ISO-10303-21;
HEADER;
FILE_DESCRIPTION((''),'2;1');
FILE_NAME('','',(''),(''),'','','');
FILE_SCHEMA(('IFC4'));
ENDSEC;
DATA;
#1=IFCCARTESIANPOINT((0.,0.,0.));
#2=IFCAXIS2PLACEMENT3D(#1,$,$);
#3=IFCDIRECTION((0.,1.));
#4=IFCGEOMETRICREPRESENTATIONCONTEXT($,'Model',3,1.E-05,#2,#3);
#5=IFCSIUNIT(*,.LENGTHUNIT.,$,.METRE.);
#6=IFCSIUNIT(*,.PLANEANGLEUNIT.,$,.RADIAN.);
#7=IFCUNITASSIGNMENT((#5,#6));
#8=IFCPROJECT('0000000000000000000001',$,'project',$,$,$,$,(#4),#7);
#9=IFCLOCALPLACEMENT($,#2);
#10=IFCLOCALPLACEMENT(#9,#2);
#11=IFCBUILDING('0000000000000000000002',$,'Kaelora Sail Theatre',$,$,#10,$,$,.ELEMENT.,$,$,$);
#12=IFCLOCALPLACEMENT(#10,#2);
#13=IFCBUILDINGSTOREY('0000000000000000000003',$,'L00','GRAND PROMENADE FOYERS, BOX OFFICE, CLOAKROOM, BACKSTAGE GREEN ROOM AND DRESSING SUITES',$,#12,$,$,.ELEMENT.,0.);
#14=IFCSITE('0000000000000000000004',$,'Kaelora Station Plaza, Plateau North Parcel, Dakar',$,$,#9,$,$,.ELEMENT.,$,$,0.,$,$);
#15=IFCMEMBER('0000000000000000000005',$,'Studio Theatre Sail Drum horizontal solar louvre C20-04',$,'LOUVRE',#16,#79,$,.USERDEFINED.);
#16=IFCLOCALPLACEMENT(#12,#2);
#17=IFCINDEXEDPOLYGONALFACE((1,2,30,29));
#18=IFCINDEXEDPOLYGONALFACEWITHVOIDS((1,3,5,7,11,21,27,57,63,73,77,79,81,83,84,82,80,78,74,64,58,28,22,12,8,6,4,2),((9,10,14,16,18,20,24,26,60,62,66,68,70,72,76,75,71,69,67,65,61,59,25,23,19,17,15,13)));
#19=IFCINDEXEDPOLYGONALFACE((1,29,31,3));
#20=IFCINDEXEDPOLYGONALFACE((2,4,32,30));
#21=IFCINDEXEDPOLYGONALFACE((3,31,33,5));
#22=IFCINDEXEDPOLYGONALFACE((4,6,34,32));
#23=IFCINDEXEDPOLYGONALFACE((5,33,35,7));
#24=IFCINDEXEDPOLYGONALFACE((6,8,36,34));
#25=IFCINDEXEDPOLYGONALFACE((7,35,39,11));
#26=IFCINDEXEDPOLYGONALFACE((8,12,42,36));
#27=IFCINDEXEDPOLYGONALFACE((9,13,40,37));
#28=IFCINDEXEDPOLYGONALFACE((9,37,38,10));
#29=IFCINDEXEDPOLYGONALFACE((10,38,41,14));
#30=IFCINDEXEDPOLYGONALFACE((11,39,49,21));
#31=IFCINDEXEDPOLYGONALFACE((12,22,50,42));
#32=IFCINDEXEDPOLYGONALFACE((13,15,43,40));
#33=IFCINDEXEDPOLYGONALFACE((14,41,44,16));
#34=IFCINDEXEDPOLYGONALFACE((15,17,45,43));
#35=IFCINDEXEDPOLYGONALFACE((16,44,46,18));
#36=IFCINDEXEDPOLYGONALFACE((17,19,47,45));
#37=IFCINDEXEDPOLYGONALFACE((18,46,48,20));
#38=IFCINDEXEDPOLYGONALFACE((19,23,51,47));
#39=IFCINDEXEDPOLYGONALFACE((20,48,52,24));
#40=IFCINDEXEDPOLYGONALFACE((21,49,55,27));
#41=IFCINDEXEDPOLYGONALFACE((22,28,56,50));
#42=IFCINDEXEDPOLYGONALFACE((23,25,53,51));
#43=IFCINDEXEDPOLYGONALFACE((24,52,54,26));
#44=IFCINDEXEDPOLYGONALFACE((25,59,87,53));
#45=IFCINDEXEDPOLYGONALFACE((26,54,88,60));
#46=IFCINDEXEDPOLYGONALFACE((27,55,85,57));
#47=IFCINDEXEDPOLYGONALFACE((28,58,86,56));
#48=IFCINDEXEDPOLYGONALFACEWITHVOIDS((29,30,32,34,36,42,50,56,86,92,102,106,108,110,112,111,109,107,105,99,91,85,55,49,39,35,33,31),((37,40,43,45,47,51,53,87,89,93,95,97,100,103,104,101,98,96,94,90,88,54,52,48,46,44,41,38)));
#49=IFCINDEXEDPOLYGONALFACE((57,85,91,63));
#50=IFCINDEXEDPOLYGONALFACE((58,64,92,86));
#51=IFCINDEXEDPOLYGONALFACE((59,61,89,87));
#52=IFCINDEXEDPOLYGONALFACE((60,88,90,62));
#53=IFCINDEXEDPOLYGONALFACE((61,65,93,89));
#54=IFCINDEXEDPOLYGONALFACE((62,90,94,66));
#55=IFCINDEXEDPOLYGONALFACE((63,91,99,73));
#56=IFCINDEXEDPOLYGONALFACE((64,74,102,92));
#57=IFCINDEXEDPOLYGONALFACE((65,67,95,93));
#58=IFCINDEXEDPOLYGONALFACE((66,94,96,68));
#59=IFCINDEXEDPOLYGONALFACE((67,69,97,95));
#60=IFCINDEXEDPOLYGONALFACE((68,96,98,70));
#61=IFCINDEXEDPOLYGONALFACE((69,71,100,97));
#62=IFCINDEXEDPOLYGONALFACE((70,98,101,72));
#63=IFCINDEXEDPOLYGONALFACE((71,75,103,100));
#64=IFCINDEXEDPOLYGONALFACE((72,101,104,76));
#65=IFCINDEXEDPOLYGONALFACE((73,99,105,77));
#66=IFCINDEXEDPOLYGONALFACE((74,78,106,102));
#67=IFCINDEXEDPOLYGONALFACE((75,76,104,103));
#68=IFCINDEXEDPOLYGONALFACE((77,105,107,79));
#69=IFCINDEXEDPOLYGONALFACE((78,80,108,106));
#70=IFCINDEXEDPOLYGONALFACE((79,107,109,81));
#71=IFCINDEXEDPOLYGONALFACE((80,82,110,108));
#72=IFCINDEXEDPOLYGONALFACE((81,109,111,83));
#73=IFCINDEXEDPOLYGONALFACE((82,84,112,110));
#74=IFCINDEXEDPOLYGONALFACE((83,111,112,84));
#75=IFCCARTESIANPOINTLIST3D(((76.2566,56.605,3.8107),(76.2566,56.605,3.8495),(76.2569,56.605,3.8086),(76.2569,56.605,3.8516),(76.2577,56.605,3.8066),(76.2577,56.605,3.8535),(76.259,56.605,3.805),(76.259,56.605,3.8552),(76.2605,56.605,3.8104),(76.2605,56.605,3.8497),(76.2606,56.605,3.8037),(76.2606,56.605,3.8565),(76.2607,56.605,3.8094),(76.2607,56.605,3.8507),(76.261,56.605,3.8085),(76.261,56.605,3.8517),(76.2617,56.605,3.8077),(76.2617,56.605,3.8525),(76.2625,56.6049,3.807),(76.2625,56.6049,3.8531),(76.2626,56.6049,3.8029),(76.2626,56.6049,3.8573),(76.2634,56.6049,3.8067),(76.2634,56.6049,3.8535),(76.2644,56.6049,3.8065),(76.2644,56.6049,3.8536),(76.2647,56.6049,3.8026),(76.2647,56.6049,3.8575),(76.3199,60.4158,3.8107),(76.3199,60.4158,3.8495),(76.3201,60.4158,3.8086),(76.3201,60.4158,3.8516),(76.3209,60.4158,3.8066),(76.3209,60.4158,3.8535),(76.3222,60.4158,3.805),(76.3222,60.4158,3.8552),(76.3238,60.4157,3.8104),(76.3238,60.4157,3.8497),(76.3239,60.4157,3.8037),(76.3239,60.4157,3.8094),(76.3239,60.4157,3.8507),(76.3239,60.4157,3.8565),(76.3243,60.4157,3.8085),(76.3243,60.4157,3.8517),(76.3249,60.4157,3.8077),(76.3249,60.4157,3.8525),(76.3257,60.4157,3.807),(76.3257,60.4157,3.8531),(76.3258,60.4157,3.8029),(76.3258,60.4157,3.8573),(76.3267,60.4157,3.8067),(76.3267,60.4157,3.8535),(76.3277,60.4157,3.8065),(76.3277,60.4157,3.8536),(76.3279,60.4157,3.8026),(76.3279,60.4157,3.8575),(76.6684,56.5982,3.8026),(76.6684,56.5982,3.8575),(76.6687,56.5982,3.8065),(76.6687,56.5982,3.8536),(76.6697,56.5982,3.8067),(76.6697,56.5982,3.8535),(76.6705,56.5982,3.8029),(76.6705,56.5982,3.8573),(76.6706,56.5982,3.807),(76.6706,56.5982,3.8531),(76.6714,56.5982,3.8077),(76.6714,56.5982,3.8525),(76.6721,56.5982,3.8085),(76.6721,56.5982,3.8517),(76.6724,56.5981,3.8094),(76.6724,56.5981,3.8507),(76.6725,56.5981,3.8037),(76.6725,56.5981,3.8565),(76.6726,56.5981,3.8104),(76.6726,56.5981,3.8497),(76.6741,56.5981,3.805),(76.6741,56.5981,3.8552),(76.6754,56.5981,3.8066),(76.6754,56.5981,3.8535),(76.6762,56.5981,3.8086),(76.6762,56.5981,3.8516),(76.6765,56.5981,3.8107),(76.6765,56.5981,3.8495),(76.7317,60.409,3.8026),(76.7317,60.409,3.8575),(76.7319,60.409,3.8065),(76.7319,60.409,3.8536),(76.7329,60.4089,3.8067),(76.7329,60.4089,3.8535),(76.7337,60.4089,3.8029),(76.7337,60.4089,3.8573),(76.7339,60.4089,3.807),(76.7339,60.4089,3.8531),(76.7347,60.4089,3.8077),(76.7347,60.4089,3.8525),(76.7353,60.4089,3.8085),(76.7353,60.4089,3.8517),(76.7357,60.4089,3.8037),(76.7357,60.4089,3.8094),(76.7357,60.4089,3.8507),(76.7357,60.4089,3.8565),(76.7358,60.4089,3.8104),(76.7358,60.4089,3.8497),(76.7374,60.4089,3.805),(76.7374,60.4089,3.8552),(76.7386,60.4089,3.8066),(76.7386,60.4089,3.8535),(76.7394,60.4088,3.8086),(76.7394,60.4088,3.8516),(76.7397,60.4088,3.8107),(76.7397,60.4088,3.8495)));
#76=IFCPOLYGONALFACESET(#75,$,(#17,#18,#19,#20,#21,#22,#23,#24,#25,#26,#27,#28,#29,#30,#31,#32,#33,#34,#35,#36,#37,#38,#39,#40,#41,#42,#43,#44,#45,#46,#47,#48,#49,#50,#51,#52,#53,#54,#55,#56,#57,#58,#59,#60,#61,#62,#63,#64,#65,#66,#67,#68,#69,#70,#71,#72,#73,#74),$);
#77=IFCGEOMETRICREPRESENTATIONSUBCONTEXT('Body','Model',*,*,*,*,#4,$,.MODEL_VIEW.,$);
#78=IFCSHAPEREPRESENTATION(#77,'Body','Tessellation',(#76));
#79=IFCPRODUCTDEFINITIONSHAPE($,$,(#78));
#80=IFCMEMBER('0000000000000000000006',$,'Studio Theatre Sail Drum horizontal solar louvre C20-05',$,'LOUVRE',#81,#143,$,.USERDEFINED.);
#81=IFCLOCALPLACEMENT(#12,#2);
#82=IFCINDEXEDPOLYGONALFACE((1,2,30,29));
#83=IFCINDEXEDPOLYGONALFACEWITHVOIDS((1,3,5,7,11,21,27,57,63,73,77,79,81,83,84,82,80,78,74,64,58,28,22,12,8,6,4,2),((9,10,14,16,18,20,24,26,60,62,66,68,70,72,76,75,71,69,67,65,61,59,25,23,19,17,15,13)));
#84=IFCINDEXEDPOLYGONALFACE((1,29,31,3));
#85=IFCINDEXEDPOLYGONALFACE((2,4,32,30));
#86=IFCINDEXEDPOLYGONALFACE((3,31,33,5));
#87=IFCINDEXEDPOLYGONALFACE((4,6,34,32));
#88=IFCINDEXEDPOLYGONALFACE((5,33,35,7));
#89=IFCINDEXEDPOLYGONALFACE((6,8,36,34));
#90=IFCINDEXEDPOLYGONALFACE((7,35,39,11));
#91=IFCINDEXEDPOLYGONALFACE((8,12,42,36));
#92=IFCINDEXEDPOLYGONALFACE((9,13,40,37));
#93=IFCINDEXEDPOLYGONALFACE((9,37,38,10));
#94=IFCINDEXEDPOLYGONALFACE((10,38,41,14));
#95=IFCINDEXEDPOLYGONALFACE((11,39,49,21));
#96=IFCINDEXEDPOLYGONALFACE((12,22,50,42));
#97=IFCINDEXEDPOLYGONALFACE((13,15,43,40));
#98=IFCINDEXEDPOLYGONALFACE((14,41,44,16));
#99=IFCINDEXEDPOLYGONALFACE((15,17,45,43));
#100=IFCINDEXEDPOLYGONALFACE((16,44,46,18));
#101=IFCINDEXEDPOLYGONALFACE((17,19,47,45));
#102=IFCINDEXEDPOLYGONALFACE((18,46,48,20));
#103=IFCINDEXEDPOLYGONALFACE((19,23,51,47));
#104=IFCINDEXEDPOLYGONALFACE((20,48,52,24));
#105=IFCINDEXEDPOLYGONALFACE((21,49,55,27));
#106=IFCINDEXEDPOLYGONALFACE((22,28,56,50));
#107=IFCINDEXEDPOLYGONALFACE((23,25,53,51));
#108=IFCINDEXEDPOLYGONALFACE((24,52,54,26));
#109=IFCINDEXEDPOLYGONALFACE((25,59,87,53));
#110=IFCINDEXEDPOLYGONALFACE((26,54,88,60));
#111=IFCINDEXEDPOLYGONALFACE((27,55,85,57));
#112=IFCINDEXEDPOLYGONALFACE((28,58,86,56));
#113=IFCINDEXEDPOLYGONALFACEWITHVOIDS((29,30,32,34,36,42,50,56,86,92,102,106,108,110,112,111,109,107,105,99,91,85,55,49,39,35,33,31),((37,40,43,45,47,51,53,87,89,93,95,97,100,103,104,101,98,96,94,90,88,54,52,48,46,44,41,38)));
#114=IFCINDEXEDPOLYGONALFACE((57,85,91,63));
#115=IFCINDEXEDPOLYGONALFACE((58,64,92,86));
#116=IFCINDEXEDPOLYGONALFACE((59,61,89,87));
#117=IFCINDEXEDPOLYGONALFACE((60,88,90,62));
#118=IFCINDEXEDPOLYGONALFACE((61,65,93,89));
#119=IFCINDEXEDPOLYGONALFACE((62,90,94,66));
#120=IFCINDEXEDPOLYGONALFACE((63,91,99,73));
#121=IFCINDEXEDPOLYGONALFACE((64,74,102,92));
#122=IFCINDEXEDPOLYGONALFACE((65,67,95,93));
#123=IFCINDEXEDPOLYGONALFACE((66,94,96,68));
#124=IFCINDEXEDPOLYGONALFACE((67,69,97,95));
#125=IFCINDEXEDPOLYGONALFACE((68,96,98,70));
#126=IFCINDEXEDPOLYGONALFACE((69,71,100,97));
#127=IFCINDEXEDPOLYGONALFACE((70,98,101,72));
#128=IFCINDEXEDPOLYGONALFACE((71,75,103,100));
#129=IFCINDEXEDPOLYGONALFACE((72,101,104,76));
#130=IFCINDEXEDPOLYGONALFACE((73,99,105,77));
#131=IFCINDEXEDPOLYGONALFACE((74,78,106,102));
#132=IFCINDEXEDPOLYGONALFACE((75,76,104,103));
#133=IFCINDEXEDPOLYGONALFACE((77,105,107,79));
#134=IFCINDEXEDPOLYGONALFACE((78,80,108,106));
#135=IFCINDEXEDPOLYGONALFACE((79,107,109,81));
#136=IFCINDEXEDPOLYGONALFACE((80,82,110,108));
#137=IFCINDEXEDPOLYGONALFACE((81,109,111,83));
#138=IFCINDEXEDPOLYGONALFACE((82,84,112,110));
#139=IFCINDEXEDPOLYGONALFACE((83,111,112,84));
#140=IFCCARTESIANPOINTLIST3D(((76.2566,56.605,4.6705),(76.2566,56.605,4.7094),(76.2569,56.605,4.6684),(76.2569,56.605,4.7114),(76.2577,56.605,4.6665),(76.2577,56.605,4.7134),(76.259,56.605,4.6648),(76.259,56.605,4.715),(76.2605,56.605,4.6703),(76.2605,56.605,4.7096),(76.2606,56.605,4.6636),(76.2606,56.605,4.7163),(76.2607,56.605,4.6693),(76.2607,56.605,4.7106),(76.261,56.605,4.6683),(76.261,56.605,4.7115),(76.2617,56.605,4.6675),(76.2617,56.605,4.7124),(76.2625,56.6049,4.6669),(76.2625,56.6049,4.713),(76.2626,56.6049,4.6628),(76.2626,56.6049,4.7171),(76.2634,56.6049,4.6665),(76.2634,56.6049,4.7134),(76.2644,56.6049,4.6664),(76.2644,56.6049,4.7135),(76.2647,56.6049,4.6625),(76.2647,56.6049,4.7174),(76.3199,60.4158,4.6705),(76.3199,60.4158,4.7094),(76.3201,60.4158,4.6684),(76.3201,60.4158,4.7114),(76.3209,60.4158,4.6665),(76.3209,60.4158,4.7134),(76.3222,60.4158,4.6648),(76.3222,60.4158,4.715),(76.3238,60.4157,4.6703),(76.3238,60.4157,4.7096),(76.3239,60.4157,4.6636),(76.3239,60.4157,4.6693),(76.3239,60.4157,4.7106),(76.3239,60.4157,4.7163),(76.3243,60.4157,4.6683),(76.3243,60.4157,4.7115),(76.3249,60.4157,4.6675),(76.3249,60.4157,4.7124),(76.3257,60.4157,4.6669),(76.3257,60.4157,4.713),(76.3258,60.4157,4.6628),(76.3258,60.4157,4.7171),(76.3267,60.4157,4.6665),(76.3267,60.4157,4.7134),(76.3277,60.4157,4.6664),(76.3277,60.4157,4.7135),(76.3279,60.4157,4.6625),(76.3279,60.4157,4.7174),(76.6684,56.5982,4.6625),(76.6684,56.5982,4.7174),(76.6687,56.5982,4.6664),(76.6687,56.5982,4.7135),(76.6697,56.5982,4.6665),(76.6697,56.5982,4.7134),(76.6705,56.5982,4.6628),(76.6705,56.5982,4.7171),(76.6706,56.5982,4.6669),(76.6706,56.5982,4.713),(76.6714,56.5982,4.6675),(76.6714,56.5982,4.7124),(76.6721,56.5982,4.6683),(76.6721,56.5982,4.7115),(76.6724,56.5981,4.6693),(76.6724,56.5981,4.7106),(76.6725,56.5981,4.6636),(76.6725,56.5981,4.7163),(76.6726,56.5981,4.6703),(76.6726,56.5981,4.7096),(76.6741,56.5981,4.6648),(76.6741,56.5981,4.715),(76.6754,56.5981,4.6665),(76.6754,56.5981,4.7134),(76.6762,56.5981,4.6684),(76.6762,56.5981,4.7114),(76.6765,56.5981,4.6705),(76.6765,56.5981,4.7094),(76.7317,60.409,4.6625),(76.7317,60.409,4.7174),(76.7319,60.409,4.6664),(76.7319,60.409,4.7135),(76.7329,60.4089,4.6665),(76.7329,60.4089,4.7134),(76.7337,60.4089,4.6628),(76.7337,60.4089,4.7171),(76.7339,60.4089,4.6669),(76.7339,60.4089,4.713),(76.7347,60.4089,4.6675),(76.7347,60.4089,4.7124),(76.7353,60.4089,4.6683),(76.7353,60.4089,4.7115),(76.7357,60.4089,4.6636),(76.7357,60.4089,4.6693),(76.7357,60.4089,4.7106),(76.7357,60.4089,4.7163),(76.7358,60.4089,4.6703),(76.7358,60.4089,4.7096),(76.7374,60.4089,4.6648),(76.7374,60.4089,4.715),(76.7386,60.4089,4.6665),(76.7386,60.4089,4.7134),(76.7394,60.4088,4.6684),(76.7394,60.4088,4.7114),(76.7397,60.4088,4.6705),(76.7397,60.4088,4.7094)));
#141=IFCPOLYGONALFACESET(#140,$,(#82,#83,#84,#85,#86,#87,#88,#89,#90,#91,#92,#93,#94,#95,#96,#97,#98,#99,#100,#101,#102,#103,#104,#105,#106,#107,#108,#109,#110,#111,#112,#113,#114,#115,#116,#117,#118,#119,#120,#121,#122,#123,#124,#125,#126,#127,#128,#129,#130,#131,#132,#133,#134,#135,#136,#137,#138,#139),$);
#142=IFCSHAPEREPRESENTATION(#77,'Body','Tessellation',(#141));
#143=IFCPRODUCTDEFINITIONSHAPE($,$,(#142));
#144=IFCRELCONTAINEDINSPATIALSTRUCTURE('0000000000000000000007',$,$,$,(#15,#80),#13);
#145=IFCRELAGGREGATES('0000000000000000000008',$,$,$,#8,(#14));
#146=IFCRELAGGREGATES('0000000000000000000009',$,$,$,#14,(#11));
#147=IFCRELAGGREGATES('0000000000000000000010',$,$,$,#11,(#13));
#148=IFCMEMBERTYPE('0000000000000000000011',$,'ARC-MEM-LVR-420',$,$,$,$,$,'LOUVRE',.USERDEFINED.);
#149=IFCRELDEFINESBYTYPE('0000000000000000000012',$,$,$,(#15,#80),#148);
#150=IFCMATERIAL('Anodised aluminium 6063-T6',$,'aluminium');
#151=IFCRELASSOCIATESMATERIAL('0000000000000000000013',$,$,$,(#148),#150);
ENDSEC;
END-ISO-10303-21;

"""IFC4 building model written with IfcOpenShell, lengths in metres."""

from ifc_helpers import new_model, si_unit, direction, frame, origin, origin_2d, place, context, subcontext, project, spatial, hollow_rectangle, extrude, material, material_profile, profile_set, type_object, element, save


model = new_model("IFC4")

# Units and contexts
model_context = context("Model", 3, precision=1e-05, world=origin(), true_north=direction((0.0, 1.0)))
body_context = subcontext(model_context, "Body", "Model", "MODEL_VIEW")
ifc_project = project(units=[si_unit("LENGTHUNIT", "METRE"), si_unit("PLANEANGLEUNIT", "RADIAN")], contexts=[model_context])

# Site, building, storey
site_placement = place(None, origin())
site = spatial("IfcSite", under=ifc_project, at=site_placement, Name="Kaelora Station Plaza, Plateau North Parcel, Dakar", CompositionType="ELEMENT", RefElevation=0.0)
building_placement = place(site_placement, origin())
building = spatial("IfcBuilding", under=site, at=building_placement, Name="Kaelora Sail Theatre", CompositionType="ELEMENT")
storey_placement = place(building_placement, origin())
storey = spatial("IfcBuildingStorey", under=building, at=storey_placement, Name="L00", Description="GRAND PROMENADE FOYERS, BOX OFFICE, CLOAKROOM, BACKSTAGE GREEN ROOM AND DRESSING SUITES", CompositionType="ELEMENT", Elevation=0.0)

# Members
ifc_material_1 = material(Name="Anodised aluminium 6063-T6", Category="aluminium")
ifc_material_profile_1 = material_profile(ifc_material_1, hollow_rectangle(XDim=0.4199, YDim=0.0549, WallThickness=0.0039, InnerFilletRadius=0.0039, OuterFilletRadius=0.0081, at=origin_2d()), Name="LOUVRE 420x55x4")
ifc_profile_set_1 = profile_set([ifc_material_profile_1], Name="Anodised aluminium 6063-T6")
member_type_1 = type_object("IfcMemberType", Name="ARC-MEM-LVR-420", ElementType="LOUVRE", PredefinedType="USERDEFINED", material=ifc_profile_set_1)
for number, where, z_axis, x_axis, name in (
    (1, (76.4666, 56.6016, 3.8301), (0.016591, 0.999862, 0.0), (-0.999862, 0.016591, 0.0), "Studio Theatre Sail Drum horizontal solar louvre C20-04"),
    (2, (76.4666, 56.6016, 4.6899), (0.016591, 0.999862, 0.0), (-0.999862, 0.016591, 0.0), "Studio Theatre Sail Drum horizontal solar louvre C20-05"),
):
    element("IfcMember", number, at=place(storey_placement, frame(where, z_axis=z_axis, x_axis=x_axis)), inside=storey, type_object=member_type_1, Name=name, ObjectType="LOUVRE", PredefinedType="USERDEFINED", context=body_context, shape_type="SweptSolid", body=[
        extrude(hollow_rectangle(XDim=0.4199, YDim=0.0549, WallThickness=0.0039, InnerFilletRadius=0.0039, OuterFilletRadius=0.0081, at=origin_2d()), origin(), (0.0, 0.0, 1.0), 3.8113),
    ])

save(model, "model.ifc")
